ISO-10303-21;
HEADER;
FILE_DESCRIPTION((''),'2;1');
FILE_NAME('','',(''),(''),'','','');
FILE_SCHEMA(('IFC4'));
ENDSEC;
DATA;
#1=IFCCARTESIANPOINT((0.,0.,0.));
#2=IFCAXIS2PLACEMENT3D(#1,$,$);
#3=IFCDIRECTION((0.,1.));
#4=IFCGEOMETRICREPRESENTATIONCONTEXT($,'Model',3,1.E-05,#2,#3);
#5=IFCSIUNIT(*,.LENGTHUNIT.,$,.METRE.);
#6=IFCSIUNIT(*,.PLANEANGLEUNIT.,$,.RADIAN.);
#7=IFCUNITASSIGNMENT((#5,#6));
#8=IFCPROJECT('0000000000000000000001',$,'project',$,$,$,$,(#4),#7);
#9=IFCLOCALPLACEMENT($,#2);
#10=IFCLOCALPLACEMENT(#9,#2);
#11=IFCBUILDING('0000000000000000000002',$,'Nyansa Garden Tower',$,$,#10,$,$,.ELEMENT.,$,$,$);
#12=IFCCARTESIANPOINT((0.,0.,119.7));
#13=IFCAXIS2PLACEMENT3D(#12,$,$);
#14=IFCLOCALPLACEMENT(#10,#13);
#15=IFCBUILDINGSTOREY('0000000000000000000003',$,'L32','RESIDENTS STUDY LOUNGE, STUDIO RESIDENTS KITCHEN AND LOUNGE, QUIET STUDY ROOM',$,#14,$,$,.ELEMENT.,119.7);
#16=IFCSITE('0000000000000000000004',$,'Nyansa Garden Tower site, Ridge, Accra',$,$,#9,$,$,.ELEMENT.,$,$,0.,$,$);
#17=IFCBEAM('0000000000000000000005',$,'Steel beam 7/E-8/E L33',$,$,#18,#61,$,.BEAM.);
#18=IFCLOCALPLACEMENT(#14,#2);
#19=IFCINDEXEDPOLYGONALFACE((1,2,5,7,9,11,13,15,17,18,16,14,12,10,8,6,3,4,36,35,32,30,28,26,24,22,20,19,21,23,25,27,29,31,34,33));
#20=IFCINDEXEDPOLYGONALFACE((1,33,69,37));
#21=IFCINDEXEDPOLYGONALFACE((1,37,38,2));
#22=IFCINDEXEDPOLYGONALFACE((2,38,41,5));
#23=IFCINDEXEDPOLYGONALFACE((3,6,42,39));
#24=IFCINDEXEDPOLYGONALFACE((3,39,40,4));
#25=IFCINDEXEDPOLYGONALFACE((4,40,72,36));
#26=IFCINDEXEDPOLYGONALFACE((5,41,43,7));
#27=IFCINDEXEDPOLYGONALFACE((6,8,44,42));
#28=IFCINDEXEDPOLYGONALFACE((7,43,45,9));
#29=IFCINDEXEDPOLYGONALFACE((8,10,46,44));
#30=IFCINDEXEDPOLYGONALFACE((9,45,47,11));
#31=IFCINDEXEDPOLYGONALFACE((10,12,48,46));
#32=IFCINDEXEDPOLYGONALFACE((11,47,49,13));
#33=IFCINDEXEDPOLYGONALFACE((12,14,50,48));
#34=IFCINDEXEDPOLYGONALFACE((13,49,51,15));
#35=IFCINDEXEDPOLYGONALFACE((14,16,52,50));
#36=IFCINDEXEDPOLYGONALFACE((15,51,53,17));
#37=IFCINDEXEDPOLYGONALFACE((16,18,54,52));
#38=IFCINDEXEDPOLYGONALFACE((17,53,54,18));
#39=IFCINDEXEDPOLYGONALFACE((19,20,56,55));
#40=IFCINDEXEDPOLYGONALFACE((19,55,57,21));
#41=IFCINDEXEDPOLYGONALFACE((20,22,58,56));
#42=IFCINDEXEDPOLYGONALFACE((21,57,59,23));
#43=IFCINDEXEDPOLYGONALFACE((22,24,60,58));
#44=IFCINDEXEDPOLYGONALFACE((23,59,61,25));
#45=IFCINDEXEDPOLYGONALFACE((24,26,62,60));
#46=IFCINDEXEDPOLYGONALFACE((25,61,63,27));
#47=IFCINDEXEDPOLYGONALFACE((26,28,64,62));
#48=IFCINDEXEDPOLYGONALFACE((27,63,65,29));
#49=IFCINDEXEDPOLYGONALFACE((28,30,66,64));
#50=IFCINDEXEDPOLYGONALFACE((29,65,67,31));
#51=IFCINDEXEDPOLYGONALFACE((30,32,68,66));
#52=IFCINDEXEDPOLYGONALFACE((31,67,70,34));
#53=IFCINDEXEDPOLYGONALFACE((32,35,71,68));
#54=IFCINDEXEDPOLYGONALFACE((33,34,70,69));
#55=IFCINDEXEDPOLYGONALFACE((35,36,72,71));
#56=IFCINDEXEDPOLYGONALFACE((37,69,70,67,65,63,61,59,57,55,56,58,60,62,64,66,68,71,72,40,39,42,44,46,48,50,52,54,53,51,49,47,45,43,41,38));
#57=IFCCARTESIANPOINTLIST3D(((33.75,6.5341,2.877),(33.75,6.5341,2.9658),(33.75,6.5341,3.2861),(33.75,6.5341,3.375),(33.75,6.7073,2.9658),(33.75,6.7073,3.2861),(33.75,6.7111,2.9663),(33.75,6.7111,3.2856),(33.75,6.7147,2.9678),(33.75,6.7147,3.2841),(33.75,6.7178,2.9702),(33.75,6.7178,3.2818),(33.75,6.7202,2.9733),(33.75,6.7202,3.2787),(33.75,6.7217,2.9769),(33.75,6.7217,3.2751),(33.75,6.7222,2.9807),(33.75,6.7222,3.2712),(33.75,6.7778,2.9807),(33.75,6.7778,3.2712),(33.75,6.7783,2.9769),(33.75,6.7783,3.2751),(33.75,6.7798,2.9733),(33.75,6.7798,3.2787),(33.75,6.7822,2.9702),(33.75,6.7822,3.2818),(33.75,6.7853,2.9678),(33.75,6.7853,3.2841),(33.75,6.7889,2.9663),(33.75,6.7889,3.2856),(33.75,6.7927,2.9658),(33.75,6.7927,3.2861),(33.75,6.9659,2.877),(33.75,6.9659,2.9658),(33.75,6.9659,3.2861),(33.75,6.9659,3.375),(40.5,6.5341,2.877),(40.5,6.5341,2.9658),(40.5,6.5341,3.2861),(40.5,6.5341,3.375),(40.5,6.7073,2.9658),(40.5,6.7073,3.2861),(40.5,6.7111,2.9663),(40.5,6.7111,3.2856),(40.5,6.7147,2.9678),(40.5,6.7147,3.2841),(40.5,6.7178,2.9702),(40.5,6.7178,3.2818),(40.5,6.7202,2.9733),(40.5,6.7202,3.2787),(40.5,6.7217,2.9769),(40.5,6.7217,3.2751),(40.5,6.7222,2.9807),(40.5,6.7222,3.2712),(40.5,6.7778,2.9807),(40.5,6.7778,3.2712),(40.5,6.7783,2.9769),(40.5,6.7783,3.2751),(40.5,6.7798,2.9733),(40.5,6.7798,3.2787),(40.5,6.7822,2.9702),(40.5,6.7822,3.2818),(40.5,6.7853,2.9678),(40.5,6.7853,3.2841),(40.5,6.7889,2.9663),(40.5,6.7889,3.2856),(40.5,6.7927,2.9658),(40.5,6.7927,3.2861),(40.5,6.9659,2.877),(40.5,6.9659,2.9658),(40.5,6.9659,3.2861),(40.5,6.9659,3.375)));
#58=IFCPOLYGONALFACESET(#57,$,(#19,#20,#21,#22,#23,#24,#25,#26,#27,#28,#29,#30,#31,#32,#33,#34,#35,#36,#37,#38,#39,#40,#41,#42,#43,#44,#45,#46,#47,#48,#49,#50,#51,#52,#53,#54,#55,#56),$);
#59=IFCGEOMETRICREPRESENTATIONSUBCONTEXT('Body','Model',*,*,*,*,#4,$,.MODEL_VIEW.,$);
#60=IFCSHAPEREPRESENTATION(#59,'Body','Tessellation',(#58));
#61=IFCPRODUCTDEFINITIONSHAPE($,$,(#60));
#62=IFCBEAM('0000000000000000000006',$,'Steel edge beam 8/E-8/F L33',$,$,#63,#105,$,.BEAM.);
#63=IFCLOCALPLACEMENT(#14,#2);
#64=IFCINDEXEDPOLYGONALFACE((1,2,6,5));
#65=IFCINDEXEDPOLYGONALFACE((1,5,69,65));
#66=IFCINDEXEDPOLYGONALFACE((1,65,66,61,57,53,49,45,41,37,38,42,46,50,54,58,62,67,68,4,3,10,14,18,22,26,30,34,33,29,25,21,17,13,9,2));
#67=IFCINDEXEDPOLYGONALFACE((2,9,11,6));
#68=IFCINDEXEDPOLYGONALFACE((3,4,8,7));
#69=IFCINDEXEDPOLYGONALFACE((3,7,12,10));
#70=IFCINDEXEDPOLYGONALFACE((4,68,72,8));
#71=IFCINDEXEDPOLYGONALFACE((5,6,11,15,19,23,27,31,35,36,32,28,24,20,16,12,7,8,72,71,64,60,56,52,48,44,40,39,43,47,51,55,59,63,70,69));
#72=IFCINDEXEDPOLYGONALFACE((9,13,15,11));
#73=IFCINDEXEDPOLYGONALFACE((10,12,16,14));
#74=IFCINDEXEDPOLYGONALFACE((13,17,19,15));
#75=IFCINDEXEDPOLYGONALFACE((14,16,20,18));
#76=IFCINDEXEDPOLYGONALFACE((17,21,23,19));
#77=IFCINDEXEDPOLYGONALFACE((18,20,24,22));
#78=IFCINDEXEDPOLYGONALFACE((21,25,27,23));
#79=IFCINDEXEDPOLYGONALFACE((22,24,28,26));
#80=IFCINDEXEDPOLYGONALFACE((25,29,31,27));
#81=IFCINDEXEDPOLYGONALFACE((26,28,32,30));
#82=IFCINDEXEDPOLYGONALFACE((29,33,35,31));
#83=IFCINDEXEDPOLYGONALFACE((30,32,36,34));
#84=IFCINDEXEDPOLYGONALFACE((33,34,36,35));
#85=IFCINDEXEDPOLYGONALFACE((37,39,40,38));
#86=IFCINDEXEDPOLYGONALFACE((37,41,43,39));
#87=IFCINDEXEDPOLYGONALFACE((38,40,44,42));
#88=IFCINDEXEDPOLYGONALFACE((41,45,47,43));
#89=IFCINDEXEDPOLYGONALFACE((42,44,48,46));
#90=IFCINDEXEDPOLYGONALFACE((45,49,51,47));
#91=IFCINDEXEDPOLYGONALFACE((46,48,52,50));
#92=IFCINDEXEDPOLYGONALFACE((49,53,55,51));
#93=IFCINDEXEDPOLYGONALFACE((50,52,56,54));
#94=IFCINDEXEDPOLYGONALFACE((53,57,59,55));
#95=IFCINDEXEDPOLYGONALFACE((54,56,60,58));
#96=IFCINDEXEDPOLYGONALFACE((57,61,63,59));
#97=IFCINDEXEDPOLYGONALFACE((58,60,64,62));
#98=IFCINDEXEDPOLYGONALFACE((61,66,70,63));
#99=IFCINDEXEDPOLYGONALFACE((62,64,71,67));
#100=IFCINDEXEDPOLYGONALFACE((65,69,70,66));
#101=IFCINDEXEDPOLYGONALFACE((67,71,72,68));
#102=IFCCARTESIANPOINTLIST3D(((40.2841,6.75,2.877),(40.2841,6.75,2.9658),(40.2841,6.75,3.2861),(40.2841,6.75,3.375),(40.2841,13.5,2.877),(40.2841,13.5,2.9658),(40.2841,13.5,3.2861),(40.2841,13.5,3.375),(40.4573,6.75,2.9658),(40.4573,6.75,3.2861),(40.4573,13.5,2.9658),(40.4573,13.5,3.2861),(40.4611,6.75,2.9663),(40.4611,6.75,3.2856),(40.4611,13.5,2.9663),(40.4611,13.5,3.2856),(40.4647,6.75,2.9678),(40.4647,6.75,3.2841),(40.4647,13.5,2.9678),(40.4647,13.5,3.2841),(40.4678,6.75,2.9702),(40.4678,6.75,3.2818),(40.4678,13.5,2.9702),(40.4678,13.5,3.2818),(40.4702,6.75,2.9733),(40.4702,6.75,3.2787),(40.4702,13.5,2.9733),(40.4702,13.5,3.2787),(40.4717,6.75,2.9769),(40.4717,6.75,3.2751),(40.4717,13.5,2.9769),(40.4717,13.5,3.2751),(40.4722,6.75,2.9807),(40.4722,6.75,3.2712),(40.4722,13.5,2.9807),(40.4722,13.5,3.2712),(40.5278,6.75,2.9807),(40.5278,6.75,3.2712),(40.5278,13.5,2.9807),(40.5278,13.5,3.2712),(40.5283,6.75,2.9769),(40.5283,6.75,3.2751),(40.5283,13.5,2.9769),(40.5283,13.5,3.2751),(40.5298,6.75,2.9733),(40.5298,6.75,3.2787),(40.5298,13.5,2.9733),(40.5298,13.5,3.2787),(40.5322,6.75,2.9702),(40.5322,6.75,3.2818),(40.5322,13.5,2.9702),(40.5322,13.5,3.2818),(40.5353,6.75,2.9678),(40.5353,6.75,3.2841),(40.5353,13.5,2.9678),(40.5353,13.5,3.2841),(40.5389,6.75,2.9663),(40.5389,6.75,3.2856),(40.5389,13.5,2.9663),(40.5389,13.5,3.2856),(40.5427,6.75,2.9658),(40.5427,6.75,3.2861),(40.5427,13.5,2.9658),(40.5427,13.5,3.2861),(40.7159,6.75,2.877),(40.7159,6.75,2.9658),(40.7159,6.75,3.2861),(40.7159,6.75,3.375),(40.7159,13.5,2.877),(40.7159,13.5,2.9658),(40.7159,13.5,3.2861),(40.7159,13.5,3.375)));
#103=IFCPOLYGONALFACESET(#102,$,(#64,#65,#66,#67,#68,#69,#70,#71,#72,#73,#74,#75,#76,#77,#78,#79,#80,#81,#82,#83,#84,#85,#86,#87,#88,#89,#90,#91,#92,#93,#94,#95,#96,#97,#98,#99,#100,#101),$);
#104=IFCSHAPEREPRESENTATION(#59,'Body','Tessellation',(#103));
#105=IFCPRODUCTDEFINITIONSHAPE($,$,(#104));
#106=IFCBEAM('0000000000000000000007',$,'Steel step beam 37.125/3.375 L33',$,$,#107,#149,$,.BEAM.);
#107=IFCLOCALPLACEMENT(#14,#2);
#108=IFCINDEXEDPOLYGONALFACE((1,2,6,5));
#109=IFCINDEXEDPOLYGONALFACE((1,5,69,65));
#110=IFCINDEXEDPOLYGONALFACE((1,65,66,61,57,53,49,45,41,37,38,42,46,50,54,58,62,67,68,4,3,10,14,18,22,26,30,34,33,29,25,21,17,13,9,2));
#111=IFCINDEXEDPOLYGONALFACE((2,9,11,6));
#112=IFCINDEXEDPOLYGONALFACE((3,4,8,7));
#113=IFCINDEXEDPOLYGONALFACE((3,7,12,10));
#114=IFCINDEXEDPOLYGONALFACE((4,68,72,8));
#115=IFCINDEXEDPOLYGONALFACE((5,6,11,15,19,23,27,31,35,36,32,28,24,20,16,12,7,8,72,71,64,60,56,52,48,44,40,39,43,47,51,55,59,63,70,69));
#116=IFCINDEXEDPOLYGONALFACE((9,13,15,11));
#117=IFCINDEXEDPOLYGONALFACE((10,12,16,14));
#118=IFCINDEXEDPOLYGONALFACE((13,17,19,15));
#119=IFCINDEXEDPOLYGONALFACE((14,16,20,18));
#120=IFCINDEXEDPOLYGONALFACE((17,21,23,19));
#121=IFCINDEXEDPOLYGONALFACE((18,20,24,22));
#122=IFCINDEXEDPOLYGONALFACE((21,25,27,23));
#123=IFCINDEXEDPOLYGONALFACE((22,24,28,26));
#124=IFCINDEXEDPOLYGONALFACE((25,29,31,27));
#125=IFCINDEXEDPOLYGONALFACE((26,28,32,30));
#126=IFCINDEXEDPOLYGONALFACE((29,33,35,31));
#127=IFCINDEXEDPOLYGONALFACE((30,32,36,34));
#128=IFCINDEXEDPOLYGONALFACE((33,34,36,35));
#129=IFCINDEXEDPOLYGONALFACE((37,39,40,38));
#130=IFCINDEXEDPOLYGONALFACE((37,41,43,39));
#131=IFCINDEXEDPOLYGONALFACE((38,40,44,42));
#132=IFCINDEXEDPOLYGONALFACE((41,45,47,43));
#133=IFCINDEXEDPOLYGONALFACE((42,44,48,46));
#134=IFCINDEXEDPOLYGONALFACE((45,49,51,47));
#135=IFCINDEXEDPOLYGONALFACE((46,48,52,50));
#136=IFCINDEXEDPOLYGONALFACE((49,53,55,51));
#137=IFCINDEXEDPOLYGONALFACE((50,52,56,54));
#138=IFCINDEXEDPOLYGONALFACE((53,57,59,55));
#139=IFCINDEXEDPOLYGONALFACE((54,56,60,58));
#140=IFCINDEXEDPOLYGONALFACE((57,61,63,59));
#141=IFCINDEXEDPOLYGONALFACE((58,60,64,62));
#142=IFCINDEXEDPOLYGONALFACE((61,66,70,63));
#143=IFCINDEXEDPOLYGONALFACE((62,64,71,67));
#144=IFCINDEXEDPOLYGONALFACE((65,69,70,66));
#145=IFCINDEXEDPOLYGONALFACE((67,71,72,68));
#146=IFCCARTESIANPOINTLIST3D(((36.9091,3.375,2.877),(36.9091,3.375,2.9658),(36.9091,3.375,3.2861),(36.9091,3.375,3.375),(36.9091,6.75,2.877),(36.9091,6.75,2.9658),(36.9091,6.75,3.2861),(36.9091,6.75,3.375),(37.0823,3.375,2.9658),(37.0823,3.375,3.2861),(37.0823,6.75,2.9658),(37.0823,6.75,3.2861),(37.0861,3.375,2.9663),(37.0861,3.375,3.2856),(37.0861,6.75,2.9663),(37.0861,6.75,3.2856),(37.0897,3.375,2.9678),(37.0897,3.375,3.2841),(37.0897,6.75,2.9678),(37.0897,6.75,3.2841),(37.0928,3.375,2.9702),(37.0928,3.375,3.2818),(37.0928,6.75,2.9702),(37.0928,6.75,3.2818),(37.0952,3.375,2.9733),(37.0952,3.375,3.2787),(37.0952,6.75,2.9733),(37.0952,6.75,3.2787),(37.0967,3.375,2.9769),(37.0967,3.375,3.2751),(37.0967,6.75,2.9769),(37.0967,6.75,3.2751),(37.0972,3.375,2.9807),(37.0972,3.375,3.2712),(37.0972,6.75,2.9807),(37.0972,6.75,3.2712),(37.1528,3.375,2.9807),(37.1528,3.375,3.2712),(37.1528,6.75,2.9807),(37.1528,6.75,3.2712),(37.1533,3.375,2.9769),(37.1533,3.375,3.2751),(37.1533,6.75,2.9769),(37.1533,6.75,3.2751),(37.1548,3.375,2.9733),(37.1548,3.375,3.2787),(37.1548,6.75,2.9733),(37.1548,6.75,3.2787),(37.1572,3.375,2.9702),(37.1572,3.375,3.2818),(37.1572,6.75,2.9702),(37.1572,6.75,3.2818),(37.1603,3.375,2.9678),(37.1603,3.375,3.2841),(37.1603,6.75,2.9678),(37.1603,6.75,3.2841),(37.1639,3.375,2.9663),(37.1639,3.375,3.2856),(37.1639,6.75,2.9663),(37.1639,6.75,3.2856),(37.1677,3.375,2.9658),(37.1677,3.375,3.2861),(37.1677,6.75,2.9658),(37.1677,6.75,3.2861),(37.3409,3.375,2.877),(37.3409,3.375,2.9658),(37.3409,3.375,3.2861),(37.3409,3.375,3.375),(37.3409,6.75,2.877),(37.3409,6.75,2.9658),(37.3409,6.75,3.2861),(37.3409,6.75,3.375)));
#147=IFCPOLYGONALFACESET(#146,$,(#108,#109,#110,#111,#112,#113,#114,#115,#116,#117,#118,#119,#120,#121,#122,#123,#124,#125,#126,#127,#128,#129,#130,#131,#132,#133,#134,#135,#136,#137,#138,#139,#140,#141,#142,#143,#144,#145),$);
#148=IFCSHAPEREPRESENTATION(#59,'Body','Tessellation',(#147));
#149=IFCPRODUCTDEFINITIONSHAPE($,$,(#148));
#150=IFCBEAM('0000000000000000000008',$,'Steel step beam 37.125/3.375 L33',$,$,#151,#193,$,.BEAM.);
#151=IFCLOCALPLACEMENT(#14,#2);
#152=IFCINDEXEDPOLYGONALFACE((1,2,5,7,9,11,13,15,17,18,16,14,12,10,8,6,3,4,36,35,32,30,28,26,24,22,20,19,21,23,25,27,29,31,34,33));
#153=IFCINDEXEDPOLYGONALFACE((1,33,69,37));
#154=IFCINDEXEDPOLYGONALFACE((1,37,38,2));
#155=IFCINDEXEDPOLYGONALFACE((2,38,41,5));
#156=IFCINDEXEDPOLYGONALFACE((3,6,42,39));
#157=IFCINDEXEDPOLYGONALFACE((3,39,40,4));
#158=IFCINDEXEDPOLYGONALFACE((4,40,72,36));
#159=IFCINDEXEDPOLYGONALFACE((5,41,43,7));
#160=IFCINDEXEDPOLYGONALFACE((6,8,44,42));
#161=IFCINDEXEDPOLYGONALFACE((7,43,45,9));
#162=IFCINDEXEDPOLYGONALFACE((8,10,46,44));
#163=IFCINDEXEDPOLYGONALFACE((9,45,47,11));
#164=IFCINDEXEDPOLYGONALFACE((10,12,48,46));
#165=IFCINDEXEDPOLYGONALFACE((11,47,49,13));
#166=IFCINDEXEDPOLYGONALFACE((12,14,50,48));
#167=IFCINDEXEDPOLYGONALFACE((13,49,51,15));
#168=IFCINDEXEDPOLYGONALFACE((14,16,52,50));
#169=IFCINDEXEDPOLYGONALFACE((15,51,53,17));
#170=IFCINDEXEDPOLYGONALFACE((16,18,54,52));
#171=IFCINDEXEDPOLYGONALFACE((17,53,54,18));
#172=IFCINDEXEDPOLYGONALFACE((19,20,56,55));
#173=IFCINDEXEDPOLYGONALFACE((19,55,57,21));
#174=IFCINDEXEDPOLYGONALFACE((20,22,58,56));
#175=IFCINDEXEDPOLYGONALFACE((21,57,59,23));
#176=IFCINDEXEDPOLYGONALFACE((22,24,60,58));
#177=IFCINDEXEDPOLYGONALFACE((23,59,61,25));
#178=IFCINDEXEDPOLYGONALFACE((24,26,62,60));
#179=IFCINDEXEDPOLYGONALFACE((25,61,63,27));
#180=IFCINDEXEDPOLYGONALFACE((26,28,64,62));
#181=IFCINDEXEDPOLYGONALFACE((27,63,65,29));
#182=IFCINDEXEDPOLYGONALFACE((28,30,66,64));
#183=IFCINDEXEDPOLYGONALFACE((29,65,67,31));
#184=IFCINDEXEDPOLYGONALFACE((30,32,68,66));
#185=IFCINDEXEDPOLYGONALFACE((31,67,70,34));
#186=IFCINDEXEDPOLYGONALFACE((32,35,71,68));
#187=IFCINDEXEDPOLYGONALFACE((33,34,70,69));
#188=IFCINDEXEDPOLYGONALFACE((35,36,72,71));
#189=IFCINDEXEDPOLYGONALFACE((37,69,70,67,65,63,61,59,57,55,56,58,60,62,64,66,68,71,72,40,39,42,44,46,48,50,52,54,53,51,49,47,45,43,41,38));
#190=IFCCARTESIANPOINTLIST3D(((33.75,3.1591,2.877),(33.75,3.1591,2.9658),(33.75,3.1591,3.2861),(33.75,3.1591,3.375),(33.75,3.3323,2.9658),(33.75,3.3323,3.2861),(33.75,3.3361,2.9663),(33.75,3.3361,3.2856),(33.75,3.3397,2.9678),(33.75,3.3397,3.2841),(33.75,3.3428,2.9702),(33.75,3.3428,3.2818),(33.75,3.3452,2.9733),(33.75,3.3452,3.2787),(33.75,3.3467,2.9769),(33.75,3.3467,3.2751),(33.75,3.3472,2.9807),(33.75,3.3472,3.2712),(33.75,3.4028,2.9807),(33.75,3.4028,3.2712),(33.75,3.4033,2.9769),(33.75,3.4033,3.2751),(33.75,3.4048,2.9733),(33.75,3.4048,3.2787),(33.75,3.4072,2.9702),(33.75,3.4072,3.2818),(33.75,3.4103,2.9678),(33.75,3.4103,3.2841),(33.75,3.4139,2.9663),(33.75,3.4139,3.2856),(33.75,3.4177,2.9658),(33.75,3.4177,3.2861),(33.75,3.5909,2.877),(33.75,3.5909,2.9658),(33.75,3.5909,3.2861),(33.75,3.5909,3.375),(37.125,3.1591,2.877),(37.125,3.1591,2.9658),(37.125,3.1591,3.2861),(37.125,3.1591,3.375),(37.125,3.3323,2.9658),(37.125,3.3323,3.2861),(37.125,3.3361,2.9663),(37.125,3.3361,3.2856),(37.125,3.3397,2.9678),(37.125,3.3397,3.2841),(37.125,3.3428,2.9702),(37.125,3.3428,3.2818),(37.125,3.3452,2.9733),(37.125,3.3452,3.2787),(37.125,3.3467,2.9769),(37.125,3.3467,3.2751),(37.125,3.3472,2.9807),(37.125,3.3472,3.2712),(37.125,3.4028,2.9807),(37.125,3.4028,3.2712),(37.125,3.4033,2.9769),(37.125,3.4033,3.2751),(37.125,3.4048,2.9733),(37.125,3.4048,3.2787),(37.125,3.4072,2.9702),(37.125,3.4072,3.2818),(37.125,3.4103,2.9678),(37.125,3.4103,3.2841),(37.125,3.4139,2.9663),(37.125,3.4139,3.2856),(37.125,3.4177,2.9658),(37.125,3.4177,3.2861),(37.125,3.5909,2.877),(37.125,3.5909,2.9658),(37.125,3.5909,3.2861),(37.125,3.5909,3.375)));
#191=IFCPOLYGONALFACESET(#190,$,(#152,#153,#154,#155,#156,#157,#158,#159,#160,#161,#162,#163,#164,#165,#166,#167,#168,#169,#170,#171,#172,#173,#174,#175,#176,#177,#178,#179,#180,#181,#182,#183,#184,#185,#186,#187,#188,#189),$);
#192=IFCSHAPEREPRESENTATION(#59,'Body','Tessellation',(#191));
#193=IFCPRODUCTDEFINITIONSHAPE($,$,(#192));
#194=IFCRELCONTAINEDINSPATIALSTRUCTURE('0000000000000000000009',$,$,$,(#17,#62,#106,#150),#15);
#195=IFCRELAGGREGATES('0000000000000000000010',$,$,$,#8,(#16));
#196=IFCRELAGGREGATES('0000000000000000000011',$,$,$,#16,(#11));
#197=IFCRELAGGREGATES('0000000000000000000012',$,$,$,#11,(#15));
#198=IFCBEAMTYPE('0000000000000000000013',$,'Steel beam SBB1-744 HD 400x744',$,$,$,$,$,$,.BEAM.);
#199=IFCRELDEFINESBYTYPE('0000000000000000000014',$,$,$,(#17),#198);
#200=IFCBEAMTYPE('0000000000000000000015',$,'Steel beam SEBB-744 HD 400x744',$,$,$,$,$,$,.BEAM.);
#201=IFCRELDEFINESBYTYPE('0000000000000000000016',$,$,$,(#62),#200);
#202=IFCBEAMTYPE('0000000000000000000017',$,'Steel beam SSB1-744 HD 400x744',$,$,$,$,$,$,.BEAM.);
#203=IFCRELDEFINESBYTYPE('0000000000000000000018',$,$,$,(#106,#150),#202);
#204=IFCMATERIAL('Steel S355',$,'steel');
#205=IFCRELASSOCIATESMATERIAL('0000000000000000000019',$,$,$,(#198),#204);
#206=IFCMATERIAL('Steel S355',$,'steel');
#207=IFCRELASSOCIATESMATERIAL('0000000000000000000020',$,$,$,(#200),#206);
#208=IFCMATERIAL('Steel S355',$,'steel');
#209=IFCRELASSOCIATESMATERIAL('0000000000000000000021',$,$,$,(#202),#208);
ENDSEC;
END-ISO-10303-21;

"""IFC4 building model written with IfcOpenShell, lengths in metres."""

from ifc_helpers import new_model, si_unit, direction, frame, origin, origin_2d, place, context, subcontext, project, spatial, i_section, extrude, material, material_profile, profile_set, type_object, element, save


model = new_model("IFC4")

# Units and contexts
model_context = context("Model", 3, precision=1e-05, world=origin(), true_north=direction((0.0, 1.0)))
body_context = subcontext(model_context, "Body", "Model", "MODEL_VIEW")
ifc_project = project(units=[si_unit("LENGTHUNIT", "METRE"), si_unit("PLANEANGLEUNIT", "RADIAN")], contexts=[model_context])

# Site, building, storey
site_placement = place(None, origin())
site = spatial("IfcSite", under=ifc_project, at=site_placement, Name="Nyansa Garden Tower site, Ridge, Accra", CompositionType="ELEMENT", RefElevation=0.0)
building_placement = place(site_placement, origin())
building = spatial("IfcBuilding", under=site, at=building_placement, Name="Nyansa Garden Tower", CompositionType="ELEMENT")
storey_placement = place(building_placement, frame((0.0, 0.0, 119.7)))
storey = spatial("IfcBuildingStorey", under=building, at=storey_placement, Name="L32", Description="RESIDENTS STUDY LOUNGE, STUDIO RESIDENTS KITCHEN AND LOUNGE, QUIET STUDY ROOM", CompositionType="ELEMENT", Elevation=119.7)

# Beams
ifc_material_1 = material(Name="Steel S355", Category="steel")
ifc_material_profile_1 = material_profile(ifc_material_1, i_section(OverallWidth=0.4319, OverallDepth=0.498, WebThickness=0.0557, FlangeThickness=0.0889, FilletRadius=0.0149, at=origin_2d()), Name="HD 400x744")
ifc_profile_set_1 = profile_set([ifc_material_profile_1], Name="Steel S355")
beam_type_1 = type_object("IfcBeamType", Name="Steel beam SBB1-744 HD 400x744", PredefinedType="BEAM", material=ifc_profile_set_1)
for number, where, z_axis, x_axis, name in (
    (1, (33.75, 6.75, 3.126), (1.0, 0.0, 0.0), (0.0, 1.0, 0.0), "Steel beam 7/E-8/E L33"),
):
    element("IfcBeam", number, at=place(storey_placement, frame(where, z_axis=z_axis, x_axis=x_axis)), inside=storey, type_object=beam_type_1, Name=name, PredefinedType="BEAM", context=body_context, shape_type="SweptSolid", body=[
        extrude(i_section(OverallWidth=0.4319, OverallDepth=0.498, WebThickness=0.0557, FlangeThickness=0.0889, FilletRadius=0.0149, at=origin_2d()), origin(), (0.0, 0.0, 1.0), 6.75),
    ])
ifc_material_2 = material(Name="Steel S355", Category="steel")
ifc_material_profile_2 = material_profile(ifc_material_2, i_section(OverallWidth=0.4319, OverallDepth=0.498, WebThickness=0.0557, FlangeThickness=0.0889, FilletRadius=0.0149, at=origin_2d()), Name="HD 400x744")
ifc_profile_set_2 = profile_set([ifc_material_profile_2], Name="Steel S355")
beam_type_2 = type_object("IfcBeamType", Name="Steel beam SEBB-744 HD 400x744", PredefinedType="BEAM", material=ifc_profile_set_2)
beam_placement = place(storey_placement, frame((40.5, 6.75, 3.126), z_axis=(0.0, 1.0, 0.0), x_axis=(-1.0, 0.0, 0.0)))
element("IfcBeam", 2, at=beam_placement, inside=storey, type_object=beam_type_2, Name="Steel edge beam 8/E-8/F L33", PredefinedType="BEAM", context=body_context, shape_type="SweptSolid", body=[
    extrude(i_section(OverallWidth=0.4319, OverallDepth=0.498, WebThickness=0.0557, FlangeThickness=0.0889, FilletRadius=0.0149, at=origin_2d()), origin(), (0.0, 0.0, 1.0), 6.75),
])
ifc_material_3 = material(Name="Steel S355", Category="steel")
ifc_material_profile_3 = material_profile(ifc_material_3, i_section(OverallWidth=0.4319, OverallDepth=0.498, WebThickness=0.0557, FlangeThickness=0.0889, FilletRadius=0.0149, at=origin_2d()), Name="HD 400x744")
ifc_profile_set_3 = profile_set([ifc_material_profile_3], Name="Steel S355")
beam_type_3 = type_object("IfcBeamType", Name="Steel beam SSB1-744 HD 400x744", PredefinedType="BEAM", material=ifc_profile_set_3)
for number, where, z_axis, x_axis, name in (
    (3, (37.125, 3.375, 3.126), (0.0, 1.0, 0.0), (-1.0, 0.0, 0.0), "Steel step beam 37.125/3.375 L33"),
    (4, (37.125, 3.375, 3.126), (-1.0, 0.0, 0.0), (0.0, -1.0, 0.0), "Steel step beam 37.125/3.375 L33"),
):
    element("IfcBeam", number, at=place(storey_placement, frame(where, z_axis=z_axis, x_axis=x_axis)), inside=storey, type_object=beam_type_3, Name=name, PredefinedType="BEAM", context=body_context, shape_type="SweptSolid", body=[
        extrude(i_section(OverallWidth=0.4319, OverallDepth=0.498, WebThickness=0.0557, FlangeThickness=0.0889, FilletRadius=0.0149, at=origin_2d()), origin(), (0.0, 0.0, 1.0), 3.375),
    ])

save(model, "model.ifc")
